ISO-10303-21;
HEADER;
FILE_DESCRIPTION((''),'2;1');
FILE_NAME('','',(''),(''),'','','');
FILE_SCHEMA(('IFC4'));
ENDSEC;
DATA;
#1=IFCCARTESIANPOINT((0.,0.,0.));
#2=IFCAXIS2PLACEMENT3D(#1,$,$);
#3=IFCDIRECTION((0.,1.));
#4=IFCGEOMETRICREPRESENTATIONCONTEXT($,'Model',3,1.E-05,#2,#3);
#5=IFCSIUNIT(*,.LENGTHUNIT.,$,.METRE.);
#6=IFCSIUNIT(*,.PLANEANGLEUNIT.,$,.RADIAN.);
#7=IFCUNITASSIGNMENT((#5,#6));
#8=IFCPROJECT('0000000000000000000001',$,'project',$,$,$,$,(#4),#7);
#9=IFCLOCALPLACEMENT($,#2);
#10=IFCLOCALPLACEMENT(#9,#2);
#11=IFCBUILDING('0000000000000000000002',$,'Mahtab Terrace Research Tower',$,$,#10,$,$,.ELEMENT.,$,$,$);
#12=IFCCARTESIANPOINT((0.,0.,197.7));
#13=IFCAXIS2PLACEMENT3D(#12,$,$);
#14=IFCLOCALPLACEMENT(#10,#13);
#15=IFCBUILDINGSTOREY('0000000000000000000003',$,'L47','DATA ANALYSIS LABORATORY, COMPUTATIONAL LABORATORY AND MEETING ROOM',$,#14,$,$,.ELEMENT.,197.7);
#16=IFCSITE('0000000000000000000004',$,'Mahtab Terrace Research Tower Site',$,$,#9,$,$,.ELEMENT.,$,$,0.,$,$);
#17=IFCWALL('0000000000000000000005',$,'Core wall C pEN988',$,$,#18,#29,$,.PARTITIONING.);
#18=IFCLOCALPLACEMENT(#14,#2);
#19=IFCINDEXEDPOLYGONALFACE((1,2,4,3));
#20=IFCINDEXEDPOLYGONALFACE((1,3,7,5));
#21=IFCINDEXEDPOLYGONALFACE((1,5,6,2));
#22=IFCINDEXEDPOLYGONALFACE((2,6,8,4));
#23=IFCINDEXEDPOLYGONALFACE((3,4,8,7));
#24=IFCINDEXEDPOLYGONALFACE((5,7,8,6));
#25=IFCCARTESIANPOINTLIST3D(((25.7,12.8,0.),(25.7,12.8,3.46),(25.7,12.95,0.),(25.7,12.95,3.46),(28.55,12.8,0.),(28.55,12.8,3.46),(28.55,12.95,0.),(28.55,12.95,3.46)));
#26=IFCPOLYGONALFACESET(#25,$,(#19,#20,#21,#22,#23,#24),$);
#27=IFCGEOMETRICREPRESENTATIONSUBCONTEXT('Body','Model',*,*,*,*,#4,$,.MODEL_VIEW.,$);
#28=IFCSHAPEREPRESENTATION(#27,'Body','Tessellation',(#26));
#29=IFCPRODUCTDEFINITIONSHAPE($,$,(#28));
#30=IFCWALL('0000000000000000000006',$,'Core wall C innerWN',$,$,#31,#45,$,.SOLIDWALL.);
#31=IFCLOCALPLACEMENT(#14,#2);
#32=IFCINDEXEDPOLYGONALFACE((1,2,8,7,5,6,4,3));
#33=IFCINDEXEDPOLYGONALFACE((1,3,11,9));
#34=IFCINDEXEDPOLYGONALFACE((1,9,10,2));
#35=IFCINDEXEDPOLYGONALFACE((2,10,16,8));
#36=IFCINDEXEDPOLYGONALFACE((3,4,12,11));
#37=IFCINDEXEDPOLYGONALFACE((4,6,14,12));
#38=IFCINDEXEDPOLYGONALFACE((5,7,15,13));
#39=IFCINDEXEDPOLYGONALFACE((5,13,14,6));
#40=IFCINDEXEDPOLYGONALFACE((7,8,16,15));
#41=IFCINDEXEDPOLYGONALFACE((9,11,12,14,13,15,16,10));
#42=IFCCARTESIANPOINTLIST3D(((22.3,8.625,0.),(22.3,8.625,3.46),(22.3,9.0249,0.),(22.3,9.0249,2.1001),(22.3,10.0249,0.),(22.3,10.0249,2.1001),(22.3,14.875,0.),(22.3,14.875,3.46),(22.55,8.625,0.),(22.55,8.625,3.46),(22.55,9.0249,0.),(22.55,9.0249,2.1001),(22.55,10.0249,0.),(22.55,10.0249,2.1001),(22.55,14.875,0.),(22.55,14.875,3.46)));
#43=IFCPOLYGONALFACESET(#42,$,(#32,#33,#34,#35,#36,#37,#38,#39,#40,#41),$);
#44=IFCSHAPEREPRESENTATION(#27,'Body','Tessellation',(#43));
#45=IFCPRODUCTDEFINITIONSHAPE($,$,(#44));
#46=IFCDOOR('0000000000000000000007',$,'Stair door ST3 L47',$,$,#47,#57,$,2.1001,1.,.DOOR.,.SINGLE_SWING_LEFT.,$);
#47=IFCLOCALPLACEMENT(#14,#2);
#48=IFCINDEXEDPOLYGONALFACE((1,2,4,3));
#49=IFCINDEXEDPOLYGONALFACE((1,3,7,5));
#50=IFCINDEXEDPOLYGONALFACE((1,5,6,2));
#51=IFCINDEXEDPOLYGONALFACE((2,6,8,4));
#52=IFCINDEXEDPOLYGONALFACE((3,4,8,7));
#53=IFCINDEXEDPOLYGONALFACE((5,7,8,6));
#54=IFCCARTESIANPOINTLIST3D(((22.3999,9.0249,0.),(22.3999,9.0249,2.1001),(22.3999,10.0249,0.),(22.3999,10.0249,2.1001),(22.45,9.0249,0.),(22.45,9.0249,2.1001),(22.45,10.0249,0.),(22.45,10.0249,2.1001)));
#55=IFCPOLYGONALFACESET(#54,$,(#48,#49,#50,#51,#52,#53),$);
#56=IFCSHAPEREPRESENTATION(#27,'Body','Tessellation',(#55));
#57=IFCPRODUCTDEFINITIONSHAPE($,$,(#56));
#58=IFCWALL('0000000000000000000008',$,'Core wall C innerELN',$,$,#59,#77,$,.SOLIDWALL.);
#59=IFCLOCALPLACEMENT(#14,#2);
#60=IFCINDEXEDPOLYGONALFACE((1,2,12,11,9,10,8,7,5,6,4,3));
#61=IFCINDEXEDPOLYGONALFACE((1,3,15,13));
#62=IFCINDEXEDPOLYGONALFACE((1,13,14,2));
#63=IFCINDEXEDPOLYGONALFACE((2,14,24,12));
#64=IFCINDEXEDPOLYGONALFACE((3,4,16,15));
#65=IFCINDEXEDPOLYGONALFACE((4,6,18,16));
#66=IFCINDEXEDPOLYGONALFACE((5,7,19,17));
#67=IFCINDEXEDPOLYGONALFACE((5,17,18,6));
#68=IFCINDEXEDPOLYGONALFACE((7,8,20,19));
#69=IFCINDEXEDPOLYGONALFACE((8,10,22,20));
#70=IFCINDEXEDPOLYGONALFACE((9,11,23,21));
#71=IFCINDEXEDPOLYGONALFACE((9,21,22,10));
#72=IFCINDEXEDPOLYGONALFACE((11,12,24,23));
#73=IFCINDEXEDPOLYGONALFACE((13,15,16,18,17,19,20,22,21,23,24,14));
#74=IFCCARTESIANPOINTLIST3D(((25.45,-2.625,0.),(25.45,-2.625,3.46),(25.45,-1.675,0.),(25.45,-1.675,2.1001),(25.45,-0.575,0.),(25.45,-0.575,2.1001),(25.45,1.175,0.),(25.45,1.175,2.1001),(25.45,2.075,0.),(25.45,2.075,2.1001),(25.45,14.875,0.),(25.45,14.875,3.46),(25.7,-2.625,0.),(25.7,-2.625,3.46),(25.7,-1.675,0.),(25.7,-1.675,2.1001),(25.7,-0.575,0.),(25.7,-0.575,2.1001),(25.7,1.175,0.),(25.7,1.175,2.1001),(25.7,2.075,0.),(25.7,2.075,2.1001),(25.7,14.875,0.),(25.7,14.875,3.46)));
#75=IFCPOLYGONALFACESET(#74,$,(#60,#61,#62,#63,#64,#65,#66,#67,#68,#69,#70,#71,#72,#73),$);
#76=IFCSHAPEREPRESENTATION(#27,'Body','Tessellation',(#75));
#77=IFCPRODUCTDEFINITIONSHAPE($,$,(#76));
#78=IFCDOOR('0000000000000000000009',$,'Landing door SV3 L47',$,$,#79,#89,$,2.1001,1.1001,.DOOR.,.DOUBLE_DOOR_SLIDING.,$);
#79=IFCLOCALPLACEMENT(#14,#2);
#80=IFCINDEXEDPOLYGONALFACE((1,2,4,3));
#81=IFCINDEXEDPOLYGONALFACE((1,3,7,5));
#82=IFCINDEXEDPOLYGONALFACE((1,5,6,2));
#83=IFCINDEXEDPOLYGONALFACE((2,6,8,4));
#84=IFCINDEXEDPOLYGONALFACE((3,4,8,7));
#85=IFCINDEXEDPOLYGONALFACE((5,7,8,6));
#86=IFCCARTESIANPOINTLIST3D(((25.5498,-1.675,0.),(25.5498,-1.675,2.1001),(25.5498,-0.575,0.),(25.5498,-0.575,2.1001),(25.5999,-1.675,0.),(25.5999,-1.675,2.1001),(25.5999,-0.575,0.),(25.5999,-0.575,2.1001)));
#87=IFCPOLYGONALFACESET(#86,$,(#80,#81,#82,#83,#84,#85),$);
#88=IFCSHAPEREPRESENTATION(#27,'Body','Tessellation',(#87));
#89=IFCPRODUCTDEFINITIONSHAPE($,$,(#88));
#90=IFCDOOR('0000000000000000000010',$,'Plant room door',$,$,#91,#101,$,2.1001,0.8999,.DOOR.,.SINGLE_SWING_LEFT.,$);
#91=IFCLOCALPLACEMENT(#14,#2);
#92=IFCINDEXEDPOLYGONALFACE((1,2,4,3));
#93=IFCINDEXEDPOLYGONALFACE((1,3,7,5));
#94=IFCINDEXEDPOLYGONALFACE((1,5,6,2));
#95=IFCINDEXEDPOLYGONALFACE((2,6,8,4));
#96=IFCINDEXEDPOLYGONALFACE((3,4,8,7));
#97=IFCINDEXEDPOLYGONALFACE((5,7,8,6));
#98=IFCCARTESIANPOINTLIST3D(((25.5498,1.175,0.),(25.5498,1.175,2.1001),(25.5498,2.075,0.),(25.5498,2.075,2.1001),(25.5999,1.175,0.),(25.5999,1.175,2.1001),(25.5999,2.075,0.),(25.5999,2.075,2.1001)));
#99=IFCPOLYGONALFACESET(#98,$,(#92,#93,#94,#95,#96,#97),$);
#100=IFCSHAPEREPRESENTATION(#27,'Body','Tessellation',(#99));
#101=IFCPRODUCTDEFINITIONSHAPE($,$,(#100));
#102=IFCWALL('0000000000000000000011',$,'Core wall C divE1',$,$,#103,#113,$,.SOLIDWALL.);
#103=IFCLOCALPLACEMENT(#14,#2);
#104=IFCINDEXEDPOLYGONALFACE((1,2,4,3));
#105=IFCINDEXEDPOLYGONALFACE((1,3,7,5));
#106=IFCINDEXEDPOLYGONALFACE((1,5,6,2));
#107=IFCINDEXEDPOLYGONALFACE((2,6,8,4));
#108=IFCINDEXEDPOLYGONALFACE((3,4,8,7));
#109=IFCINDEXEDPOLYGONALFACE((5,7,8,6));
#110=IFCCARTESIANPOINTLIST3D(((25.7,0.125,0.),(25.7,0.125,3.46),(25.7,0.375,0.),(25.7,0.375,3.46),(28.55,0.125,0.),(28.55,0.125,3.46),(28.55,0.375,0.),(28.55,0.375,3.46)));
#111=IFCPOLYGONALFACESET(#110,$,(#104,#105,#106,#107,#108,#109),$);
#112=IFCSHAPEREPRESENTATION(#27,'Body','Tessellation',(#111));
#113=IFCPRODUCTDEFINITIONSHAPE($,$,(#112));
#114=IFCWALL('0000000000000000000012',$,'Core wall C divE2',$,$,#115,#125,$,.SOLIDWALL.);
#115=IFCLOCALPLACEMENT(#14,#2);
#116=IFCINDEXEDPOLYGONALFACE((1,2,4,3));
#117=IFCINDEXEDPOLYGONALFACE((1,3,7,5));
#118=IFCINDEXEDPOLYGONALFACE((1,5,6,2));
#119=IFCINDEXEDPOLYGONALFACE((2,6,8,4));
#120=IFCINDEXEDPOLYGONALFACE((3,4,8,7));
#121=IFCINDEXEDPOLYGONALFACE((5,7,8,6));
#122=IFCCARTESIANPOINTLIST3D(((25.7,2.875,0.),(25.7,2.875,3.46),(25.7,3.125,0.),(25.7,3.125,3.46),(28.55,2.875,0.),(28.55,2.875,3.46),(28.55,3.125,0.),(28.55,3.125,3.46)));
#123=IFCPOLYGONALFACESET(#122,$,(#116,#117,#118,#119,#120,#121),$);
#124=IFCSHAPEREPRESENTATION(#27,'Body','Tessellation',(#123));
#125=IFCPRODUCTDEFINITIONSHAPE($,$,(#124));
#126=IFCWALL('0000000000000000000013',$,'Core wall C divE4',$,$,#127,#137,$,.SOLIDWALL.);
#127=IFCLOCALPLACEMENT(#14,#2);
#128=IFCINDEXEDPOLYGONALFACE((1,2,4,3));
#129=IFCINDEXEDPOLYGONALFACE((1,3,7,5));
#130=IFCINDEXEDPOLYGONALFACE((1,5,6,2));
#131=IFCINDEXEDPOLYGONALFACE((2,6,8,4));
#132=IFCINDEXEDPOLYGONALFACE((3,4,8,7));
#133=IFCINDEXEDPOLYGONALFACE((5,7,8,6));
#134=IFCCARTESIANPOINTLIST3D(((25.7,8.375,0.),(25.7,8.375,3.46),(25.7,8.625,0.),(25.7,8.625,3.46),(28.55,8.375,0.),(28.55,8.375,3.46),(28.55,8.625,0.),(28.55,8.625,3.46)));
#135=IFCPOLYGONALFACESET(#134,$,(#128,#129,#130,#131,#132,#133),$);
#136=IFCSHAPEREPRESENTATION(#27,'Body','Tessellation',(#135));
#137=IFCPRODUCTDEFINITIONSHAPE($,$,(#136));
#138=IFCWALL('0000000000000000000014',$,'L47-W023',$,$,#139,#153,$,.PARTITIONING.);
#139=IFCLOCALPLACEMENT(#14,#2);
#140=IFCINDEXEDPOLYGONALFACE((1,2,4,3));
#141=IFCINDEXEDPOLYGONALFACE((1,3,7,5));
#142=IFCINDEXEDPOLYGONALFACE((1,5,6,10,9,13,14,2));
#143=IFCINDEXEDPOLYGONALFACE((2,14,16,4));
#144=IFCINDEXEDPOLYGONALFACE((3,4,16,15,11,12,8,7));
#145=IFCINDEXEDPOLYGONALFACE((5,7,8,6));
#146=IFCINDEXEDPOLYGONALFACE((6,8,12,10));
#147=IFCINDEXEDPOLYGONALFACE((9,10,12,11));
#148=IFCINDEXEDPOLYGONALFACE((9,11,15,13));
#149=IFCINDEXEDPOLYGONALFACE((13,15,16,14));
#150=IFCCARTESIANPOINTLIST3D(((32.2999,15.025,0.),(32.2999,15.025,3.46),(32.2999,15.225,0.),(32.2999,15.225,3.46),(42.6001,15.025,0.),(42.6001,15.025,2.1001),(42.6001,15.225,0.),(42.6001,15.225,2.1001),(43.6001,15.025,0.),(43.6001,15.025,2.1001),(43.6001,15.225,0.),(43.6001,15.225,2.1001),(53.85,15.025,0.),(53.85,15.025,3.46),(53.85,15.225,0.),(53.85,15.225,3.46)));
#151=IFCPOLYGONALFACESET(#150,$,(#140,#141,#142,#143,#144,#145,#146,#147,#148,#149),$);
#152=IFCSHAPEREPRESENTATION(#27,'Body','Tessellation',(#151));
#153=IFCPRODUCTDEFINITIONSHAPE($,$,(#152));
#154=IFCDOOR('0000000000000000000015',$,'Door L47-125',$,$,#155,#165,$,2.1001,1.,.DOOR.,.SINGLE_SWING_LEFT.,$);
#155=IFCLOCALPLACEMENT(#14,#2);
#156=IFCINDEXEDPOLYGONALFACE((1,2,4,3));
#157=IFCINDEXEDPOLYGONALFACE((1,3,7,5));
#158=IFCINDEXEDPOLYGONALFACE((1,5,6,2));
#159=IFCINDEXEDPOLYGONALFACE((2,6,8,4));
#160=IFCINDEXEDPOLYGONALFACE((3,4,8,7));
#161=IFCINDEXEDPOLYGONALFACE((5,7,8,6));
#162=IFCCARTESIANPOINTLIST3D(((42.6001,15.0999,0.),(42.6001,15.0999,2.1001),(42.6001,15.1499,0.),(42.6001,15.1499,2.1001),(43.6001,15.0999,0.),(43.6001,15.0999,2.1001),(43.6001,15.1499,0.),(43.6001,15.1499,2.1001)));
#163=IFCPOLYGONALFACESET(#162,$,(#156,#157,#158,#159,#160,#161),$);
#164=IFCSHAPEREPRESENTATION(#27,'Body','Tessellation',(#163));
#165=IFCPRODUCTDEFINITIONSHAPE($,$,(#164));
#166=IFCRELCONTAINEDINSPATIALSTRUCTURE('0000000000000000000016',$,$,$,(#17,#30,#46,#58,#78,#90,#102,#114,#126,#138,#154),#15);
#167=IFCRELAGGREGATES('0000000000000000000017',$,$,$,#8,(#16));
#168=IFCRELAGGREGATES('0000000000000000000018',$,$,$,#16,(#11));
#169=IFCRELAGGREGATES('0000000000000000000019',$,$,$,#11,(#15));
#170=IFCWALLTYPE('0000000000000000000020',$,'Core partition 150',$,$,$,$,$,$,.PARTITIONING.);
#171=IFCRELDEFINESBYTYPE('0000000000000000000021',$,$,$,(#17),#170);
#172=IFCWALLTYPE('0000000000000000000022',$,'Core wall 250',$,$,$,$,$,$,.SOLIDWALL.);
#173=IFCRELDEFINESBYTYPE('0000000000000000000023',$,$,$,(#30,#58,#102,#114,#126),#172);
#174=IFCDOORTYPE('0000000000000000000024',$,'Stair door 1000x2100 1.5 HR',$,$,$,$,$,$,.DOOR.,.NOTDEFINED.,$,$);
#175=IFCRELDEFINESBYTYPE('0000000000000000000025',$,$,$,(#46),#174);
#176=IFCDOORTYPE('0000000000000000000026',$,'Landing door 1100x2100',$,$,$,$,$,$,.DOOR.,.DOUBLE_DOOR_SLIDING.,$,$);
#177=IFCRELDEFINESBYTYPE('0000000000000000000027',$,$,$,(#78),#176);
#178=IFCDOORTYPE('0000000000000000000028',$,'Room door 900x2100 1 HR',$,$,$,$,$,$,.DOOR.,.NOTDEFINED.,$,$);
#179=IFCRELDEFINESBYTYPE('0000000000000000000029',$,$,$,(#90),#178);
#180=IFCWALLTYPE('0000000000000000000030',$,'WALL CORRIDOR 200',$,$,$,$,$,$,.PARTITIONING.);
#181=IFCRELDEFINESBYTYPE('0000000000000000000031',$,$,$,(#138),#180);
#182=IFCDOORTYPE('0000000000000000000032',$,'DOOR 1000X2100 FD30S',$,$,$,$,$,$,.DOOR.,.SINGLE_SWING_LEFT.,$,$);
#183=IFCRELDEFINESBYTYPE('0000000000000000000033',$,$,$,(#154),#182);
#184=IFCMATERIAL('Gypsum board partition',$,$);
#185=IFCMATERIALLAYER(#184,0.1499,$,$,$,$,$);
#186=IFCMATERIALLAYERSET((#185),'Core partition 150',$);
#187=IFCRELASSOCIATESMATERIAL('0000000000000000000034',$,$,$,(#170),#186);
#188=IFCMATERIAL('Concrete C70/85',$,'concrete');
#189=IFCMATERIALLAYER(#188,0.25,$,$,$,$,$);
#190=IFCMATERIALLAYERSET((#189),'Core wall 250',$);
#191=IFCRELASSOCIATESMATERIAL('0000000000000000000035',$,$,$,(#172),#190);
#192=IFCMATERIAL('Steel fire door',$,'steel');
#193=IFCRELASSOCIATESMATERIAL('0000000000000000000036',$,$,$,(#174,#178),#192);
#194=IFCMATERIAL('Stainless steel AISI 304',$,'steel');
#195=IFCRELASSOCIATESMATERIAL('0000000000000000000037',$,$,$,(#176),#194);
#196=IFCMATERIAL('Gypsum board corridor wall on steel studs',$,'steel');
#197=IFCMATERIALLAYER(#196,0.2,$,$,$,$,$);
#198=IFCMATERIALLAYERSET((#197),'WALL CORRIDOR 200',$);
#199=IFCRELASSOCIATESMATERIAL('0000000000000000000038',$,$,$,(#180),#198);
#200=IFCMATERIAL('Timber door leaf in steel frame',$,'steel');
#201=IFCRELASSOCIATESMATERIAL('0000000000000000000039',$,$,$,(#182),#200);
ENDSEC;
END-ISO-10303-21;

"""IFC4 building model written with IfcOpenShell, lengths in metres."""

from ifc_helpers import new_model, si_unit, direction, frame, frame_2d, origin, place, context, subcontext, project, spatial, rectangle, extrude, material, layer, layer_set, type_object, element, fill, save


model = new_model("IFC4")

# Units and contexts
model_context = context("Model", 3, precision=1e-05, world=origin(), true_north=direction((0.0, 1.0)))
body_context = subcontext(model_context, "Body", "Model", "MODEL_VIEW")
ifc_project = project(units=[si_unit("LENGTHUNIT", "METRE"), si_unit("PLANEANGLEUNIT", "RADIAN")], contexts=[model_context])

# Site, building, storey
site_placement = place(None, origin())
site = spatial("IfcSite", under=ifc_project, at=site_placement, Name="Mahtab Terrace Research Tower Site", CompositionType="ELEMENT", RefElevation=0.0)
building_placement = place(site_placement, origin())
building = spatial("IfcBuilding", under=site, at=building_placement, Name="Mahtab Terrace Research Tower", CompositionType="ELEMENT")
storey_placement = place(building_placement, frame((0.0, 0.0, 197.7)))
storey = spatial("IfcBuildingStorey", under=building, at=storey_placement, Name="L47", Description="DATA ANALYSIS LABORATORY, COMPUTATIONAL LABORATORY AND MEETING ROOM", CompositionType="ELEMENT", Elevation=197.7)

# Shared definitions
ifc_material_1 = material(Name="Concrete C70/85", Category="concrete")

# Wall
ifc_material_2 = material(Name="Gypsum board partition")
ifc_layer_1 = layer(ifc_material_2, 0.1499)
ifc_layer_set_1 = layer_set([ifc_layer_1], Name="Core partition 150")
wall_type_1 = type_object("IfcWallType", Name="Core partition 150", PredefinedType="PARTITIONING", material=ifc_layer_set_1)
wall_1_placement = place(storey_placement, frame((25.7, 12.875, 0.0), z_axis=(0.0, 0.0, 1.0), x_axis=(1.0, 0.0, 0.0)))
element("IfcWall", 1, at=wall_1_placement, inside=storey, type_object=wall_type_1, Name="Core wall C pEN988", PredefinedType="PARTITIONING", context=body_context, shape_type="SweptSolid", body=[
    extrude(rectangle(XDim=2.8501, YDim=0.1499, at=frame_2d((1.425, 0.0))), origin(), (0.0, 0.0, 1.0), 3.46),
])

# Wall, opening, door
ifc_layer_2 = layer(ifc_material_1, 0.25)
ifc_layer_set_2 = layer_set([ifc_layer_2], Name="Core wall 250")
wall_type_2 = type_object("IfcWallType", Name="Core wall 250", PredefinedType="SOLIDWALL", material=ifc_layer_set_2)
wall_2_placement = place(storey_placement, frame((22.425, 14.875, 0.0), z_axis=(0.0, 0.0, 1.0), x_axis=(0.0, -1.0, 0.0)))
wall_2 = element("IfcWall", 2, at=wall_2_placement, inside=storey, type_object=wall_type_2, Name="Core wall C innerWN", PredefinedType="SOLIDWALL", context=body_context, shape_type="SweptSolid", body=[
    extrude(rectangle(XDim=6.25, YDim=0.25, at=frame_2d((3.125, 0.0))), origin(), (0.0, 0.0, 1.0), 3.46),
])
opening_1_placement = place(wall_2_placement, frame((4.8501, 0.0, 0.0)))
opening_1 = element("IfcOpeningElement", 3, at=opening_1_placement, cuts=wall_2, PredefinedType="OPENING", context=body_context, shape_type="SweptSolid", body=[
    extrude(rectangle(XDim=1.0, YDim=2.1001, at=frame_2d((0.5, 1.05))), frame((0.0, 0.135, 0.0), z_axis=(0.0, -1.0, 0.0), x_axis=(1.0, 0.0, 0.0)), (0.0, 0.0, 1.0), 0.27),
])
ifc_material_3 = material(Name="Steel fire door", Category="steel")
door_type_1 = type_object("IfcDoorType", Name="Stair door 1000x2100 1.5 HR", OperationType="NOTDEFINED", PredefinedType="DOOR", material=ifc_material_3)
door_1_placement = place(opening_1_placement, origin())
door_1 = element("IfcDoor", 4, at=door_1_placement, inside=storey, type_object=door_type_1, Name="Stair door ST3 L47", OperationType="SINGLE_SWING_LEFT", OverallHeight=2.1001, OverallWidth=1.0, PredefinedType="DOOR", context=body_context, shape_type="SweptSolid", body=[
    extrude(rectangle(XDim=1.0, YDim=2.1001, at=frame_2d((0.5, 1.05))), frame((0.0, 0.0249, 0.0), z_axis=(0.0, -1.0, 0.0), x_axis=(1.0, 0.0, 0.0)), (0.0, 0.0, 1.0), 0.05),
])
fill(opening_1, door_1)

# Wall, openings, doors
wall_3_placement = place(storey_placement, frame((25.575, 14.875, 0.0), z_axis=(0.0, 0.0, 1.0), x_axis=(0.0, -1.0, 0.0)))
wall_3 = element("IfcWall", 5, at=wall_3_placement, inside=storey, type_object=wall_type_2, Name="Core wall C innerELN", PredefinedType="SOLIDWALL", context=body_context, shape_type="SweptSolid", body=[
    extrude(rectangle(XDim=17.5, YDim=0.25, at=frame_2d((8.75, 0.0))), origin(), (0.0, 0.0, 1.0), 3.46),
])
opening_2_placement = place(wall_3_placement, frame((15.45, 0.0, 0.0)))
opening_2 = element("IfcOpeningElement", 6, at=opening_2_placement, cuts=wall_3, PredefinedType="OPENING", context=body_context, shape_type="SweptSolid", body=[
    extrude(rectangle(XDim=1.1001, YDim=2.1001, at=frame_2d((0.55, 1.05))), frame((0.0, 0.135, 0.0), z_axis=(0.0, -1.0, 0.0), x_axis=(1.0, 0.0, 0.0)), (0.0, 0.0, 1.0), 0.27),
])
opening_3_placement = place(wall_3_placement, frame((12.8, 0.0, 0.0)))
opening_3 = element("IfcOpeningElement", 7, at=opening_3_placement, cuts=wall_3, PredefinedType="OPENING", context=body_context, shape_type="SweptSolid", body=[
    extrude(rectangle(XDim=0.8999, YDim=2.1001, at=frame_2d((0.45, 1.05))), frame((0.0, 0.135, 0.0), z_axis=(0.0, -1.0, 0.0), x_axis=(1.0, 0.0, 0.0)), (0.0, 0.0, 1.0), 0.27),
])
ifc_material_4 = material(Name="Stainless steel AISI 304", Category="steel")
door_type_2 = type_object("IfcDoorType", Name="Landing door 1100x2100", OperationType="DOUBLE_DOOR_SLIDING", PredefinedType="DOOR", material=ifc_material_4)
door_2_placement = place(opening_2_placement, origin())
door_2 = element("IfcDoor", 8, at=door_2_placement, inside=storey, type_object=door_type_2, Name="Landing door SV3 L47", OperationType="DOUBLE_DOOR_SLIDING", OverallHeight=2.1001, OverallWidth=1.1001, PredefinedType="DOOR", context=body_context, shape_type="SweptSolid", body=[
    extrude(rectangle(XDim=1.1001, YDim=2.1001, at=frame_2d((0.55, 1.05))), frame((0.0, 0.0249, 0.0), z_axis=(0.0, -1.0, 0.0), x_axis=(1.0, 0.0, 0.0)), (0.0, 0.0, 1.0), 0.05),
])
fill(opening_2, door_2)
door_type_3 = type_object("IfcDoorType", Name="Room door 900x2100 1 HR", OperationType="NOTDEFINED", PredefinedType="DOOR", material=ifc_material_3)
door_3_placement = place(opening_3_placement, origin())
door_3 = element("IfcDoor", 9, at=door_3_placement, inside=storey, type_object=door_type_3, Name="Plant room door", OperationType="SINGLE_SWING_LEFT", OverallHeight=2.1001, OverallWidth=0.8999, PredefinedType="DOOR", context=body_context, shape_type="SweptSolid", body=[
    extrude(rectangle(XDim=0.8999, YDim=2.1001, at=frame_2d((0.45, 1.05))), frame((0.0, 0.0249, 0.0), z_axis=(0.0, -1.0, 0.0), x_axis=(1.0, 0.0, 0.0)), (0.0, 0.0, 1.0), 0.05),
])
fill(opening_3, door_3)

# Walls
for number, where, z_axis, x_axis, name in (
    (10, (25.7, 0.25, 0.0), (0.0, 0.0, 1.0), (1.0, 0.0, 0.0), "Core wall C divE1"),
    (11, (25.7, 3.0, 0.0), (0.0, 0.0, 1.0), (1.0, 0.0, 0.0), "Core wall C divE2"),
    (12, (25.7, 8.5, 0.0), (0.0, 0.0, 1.0), (1.0, 0.0, 0.0), "Core wall C divE4"),
):
    element("IfcWall", number, at=place(storey_placement, frame(where, z_axis=z_axis, x_axis=x_axis)), inside=storey, type_object=wall_type_2, Name=name, PredefinedType="SOLIDWALL", context=body_context, shape_type="SweptSolid", body=[
        extrude(rectangle(XDim=2.8501, YDim=0.25, at=frame_2d((1.425, 0.0))), origin(), (0.0, 0.0, 1.0), 3.46),
    ])

# Wall, opening, door
ifc_material_5 = material(Name="Gypsum board corridor wall on steel studs", Category="steel")
ifc_layer_3 = layer(ifc_material_5, 0.2)
ifc_layer_set_3 = layer_set([ifc_layer_3], Name="WALL CORRIDOR 200")
wall_type_3 = type_object("IfcWallType", Name="WALL CORRIDOR 200", PredefinedType="PARTITIONING", material=ifc_layer_set_3)
wall_4_placement = place(storey_placement, frame((32.3, 15.125, 0.0), z_axis=(0.0, 0.0, 1.0), x_axis=(1.0, 0.0, 0.0)))
wall_4 = element("IfcWall", 13, at=wall_4_placement, inside=storey, type_object=wall_type_3, Name="L47-W023", PredefinedType="PARTITIONING", context=body_context, shape_type="SweptSolid", body=[
    extrude(rectangle(XDim=21.55, YDim=0.2, at=frame_2d((10.7749, 0.0))), origin(), (0.0, 0.0, 1.0), 3.46),
])
opening_4_placement = place(wall_4_placement, frame((10.3, 0.0, 0.0)))
opening_4 = element("IfcOpeningElement", 14, at=opening_4_placement, cuts=wall_4, PredefinedType="OPENING", context=body_context, shape_type="SweptSolid", body=[
    extrude(rectangle(XDim=1.0, YDim=2.1001, at=frame_2d((0.5, 1.05))), frame((0.0, 0.1099, 0.0), z_axis=(0.0, -1.0, 0.0), x_axis=(1.0, 0.0, 0.0)), (0.0, 0.0, 1.0), 0.22),
])
ifc_material_6 = material(Name="Timber door leaf in steel frame", Category="steel")
door_type_4 = type_object("IfcDoorType", Name="DOOR 1000X2100 FD30S", OperationType="SINGLE_SWING_LEFT", PredefinedType="DOOR", material=ifc_material_6)
door_4_placement = place(opening_4_placement, origin())
door_4 = element("IfcDoor", 15, at=door_4_placement, inside=storey, type_object=door_type_4, Name="Door L47-125", OperationType="SINGLE_SWING_LEFT", OverallHeight=2.1001, OverallWidth=1.0, PredefinedType="DOOR", context=body_context, shape_type="SweptSolid", body=[
    extrude(rectangle(XDim=1.0, YDim=2.1001, at=frame_2d((0.5, 1.05))), frame((0.0, 0.0249, 0.0), z_axis=(0.0, -1.0, 0.0), x_axis=(1.0, 0.0, 0.0)), (0.0, 0.0, 1.0), 0.05),
])
fill(opening_4, door_4)

save(model, "model.ifc")
